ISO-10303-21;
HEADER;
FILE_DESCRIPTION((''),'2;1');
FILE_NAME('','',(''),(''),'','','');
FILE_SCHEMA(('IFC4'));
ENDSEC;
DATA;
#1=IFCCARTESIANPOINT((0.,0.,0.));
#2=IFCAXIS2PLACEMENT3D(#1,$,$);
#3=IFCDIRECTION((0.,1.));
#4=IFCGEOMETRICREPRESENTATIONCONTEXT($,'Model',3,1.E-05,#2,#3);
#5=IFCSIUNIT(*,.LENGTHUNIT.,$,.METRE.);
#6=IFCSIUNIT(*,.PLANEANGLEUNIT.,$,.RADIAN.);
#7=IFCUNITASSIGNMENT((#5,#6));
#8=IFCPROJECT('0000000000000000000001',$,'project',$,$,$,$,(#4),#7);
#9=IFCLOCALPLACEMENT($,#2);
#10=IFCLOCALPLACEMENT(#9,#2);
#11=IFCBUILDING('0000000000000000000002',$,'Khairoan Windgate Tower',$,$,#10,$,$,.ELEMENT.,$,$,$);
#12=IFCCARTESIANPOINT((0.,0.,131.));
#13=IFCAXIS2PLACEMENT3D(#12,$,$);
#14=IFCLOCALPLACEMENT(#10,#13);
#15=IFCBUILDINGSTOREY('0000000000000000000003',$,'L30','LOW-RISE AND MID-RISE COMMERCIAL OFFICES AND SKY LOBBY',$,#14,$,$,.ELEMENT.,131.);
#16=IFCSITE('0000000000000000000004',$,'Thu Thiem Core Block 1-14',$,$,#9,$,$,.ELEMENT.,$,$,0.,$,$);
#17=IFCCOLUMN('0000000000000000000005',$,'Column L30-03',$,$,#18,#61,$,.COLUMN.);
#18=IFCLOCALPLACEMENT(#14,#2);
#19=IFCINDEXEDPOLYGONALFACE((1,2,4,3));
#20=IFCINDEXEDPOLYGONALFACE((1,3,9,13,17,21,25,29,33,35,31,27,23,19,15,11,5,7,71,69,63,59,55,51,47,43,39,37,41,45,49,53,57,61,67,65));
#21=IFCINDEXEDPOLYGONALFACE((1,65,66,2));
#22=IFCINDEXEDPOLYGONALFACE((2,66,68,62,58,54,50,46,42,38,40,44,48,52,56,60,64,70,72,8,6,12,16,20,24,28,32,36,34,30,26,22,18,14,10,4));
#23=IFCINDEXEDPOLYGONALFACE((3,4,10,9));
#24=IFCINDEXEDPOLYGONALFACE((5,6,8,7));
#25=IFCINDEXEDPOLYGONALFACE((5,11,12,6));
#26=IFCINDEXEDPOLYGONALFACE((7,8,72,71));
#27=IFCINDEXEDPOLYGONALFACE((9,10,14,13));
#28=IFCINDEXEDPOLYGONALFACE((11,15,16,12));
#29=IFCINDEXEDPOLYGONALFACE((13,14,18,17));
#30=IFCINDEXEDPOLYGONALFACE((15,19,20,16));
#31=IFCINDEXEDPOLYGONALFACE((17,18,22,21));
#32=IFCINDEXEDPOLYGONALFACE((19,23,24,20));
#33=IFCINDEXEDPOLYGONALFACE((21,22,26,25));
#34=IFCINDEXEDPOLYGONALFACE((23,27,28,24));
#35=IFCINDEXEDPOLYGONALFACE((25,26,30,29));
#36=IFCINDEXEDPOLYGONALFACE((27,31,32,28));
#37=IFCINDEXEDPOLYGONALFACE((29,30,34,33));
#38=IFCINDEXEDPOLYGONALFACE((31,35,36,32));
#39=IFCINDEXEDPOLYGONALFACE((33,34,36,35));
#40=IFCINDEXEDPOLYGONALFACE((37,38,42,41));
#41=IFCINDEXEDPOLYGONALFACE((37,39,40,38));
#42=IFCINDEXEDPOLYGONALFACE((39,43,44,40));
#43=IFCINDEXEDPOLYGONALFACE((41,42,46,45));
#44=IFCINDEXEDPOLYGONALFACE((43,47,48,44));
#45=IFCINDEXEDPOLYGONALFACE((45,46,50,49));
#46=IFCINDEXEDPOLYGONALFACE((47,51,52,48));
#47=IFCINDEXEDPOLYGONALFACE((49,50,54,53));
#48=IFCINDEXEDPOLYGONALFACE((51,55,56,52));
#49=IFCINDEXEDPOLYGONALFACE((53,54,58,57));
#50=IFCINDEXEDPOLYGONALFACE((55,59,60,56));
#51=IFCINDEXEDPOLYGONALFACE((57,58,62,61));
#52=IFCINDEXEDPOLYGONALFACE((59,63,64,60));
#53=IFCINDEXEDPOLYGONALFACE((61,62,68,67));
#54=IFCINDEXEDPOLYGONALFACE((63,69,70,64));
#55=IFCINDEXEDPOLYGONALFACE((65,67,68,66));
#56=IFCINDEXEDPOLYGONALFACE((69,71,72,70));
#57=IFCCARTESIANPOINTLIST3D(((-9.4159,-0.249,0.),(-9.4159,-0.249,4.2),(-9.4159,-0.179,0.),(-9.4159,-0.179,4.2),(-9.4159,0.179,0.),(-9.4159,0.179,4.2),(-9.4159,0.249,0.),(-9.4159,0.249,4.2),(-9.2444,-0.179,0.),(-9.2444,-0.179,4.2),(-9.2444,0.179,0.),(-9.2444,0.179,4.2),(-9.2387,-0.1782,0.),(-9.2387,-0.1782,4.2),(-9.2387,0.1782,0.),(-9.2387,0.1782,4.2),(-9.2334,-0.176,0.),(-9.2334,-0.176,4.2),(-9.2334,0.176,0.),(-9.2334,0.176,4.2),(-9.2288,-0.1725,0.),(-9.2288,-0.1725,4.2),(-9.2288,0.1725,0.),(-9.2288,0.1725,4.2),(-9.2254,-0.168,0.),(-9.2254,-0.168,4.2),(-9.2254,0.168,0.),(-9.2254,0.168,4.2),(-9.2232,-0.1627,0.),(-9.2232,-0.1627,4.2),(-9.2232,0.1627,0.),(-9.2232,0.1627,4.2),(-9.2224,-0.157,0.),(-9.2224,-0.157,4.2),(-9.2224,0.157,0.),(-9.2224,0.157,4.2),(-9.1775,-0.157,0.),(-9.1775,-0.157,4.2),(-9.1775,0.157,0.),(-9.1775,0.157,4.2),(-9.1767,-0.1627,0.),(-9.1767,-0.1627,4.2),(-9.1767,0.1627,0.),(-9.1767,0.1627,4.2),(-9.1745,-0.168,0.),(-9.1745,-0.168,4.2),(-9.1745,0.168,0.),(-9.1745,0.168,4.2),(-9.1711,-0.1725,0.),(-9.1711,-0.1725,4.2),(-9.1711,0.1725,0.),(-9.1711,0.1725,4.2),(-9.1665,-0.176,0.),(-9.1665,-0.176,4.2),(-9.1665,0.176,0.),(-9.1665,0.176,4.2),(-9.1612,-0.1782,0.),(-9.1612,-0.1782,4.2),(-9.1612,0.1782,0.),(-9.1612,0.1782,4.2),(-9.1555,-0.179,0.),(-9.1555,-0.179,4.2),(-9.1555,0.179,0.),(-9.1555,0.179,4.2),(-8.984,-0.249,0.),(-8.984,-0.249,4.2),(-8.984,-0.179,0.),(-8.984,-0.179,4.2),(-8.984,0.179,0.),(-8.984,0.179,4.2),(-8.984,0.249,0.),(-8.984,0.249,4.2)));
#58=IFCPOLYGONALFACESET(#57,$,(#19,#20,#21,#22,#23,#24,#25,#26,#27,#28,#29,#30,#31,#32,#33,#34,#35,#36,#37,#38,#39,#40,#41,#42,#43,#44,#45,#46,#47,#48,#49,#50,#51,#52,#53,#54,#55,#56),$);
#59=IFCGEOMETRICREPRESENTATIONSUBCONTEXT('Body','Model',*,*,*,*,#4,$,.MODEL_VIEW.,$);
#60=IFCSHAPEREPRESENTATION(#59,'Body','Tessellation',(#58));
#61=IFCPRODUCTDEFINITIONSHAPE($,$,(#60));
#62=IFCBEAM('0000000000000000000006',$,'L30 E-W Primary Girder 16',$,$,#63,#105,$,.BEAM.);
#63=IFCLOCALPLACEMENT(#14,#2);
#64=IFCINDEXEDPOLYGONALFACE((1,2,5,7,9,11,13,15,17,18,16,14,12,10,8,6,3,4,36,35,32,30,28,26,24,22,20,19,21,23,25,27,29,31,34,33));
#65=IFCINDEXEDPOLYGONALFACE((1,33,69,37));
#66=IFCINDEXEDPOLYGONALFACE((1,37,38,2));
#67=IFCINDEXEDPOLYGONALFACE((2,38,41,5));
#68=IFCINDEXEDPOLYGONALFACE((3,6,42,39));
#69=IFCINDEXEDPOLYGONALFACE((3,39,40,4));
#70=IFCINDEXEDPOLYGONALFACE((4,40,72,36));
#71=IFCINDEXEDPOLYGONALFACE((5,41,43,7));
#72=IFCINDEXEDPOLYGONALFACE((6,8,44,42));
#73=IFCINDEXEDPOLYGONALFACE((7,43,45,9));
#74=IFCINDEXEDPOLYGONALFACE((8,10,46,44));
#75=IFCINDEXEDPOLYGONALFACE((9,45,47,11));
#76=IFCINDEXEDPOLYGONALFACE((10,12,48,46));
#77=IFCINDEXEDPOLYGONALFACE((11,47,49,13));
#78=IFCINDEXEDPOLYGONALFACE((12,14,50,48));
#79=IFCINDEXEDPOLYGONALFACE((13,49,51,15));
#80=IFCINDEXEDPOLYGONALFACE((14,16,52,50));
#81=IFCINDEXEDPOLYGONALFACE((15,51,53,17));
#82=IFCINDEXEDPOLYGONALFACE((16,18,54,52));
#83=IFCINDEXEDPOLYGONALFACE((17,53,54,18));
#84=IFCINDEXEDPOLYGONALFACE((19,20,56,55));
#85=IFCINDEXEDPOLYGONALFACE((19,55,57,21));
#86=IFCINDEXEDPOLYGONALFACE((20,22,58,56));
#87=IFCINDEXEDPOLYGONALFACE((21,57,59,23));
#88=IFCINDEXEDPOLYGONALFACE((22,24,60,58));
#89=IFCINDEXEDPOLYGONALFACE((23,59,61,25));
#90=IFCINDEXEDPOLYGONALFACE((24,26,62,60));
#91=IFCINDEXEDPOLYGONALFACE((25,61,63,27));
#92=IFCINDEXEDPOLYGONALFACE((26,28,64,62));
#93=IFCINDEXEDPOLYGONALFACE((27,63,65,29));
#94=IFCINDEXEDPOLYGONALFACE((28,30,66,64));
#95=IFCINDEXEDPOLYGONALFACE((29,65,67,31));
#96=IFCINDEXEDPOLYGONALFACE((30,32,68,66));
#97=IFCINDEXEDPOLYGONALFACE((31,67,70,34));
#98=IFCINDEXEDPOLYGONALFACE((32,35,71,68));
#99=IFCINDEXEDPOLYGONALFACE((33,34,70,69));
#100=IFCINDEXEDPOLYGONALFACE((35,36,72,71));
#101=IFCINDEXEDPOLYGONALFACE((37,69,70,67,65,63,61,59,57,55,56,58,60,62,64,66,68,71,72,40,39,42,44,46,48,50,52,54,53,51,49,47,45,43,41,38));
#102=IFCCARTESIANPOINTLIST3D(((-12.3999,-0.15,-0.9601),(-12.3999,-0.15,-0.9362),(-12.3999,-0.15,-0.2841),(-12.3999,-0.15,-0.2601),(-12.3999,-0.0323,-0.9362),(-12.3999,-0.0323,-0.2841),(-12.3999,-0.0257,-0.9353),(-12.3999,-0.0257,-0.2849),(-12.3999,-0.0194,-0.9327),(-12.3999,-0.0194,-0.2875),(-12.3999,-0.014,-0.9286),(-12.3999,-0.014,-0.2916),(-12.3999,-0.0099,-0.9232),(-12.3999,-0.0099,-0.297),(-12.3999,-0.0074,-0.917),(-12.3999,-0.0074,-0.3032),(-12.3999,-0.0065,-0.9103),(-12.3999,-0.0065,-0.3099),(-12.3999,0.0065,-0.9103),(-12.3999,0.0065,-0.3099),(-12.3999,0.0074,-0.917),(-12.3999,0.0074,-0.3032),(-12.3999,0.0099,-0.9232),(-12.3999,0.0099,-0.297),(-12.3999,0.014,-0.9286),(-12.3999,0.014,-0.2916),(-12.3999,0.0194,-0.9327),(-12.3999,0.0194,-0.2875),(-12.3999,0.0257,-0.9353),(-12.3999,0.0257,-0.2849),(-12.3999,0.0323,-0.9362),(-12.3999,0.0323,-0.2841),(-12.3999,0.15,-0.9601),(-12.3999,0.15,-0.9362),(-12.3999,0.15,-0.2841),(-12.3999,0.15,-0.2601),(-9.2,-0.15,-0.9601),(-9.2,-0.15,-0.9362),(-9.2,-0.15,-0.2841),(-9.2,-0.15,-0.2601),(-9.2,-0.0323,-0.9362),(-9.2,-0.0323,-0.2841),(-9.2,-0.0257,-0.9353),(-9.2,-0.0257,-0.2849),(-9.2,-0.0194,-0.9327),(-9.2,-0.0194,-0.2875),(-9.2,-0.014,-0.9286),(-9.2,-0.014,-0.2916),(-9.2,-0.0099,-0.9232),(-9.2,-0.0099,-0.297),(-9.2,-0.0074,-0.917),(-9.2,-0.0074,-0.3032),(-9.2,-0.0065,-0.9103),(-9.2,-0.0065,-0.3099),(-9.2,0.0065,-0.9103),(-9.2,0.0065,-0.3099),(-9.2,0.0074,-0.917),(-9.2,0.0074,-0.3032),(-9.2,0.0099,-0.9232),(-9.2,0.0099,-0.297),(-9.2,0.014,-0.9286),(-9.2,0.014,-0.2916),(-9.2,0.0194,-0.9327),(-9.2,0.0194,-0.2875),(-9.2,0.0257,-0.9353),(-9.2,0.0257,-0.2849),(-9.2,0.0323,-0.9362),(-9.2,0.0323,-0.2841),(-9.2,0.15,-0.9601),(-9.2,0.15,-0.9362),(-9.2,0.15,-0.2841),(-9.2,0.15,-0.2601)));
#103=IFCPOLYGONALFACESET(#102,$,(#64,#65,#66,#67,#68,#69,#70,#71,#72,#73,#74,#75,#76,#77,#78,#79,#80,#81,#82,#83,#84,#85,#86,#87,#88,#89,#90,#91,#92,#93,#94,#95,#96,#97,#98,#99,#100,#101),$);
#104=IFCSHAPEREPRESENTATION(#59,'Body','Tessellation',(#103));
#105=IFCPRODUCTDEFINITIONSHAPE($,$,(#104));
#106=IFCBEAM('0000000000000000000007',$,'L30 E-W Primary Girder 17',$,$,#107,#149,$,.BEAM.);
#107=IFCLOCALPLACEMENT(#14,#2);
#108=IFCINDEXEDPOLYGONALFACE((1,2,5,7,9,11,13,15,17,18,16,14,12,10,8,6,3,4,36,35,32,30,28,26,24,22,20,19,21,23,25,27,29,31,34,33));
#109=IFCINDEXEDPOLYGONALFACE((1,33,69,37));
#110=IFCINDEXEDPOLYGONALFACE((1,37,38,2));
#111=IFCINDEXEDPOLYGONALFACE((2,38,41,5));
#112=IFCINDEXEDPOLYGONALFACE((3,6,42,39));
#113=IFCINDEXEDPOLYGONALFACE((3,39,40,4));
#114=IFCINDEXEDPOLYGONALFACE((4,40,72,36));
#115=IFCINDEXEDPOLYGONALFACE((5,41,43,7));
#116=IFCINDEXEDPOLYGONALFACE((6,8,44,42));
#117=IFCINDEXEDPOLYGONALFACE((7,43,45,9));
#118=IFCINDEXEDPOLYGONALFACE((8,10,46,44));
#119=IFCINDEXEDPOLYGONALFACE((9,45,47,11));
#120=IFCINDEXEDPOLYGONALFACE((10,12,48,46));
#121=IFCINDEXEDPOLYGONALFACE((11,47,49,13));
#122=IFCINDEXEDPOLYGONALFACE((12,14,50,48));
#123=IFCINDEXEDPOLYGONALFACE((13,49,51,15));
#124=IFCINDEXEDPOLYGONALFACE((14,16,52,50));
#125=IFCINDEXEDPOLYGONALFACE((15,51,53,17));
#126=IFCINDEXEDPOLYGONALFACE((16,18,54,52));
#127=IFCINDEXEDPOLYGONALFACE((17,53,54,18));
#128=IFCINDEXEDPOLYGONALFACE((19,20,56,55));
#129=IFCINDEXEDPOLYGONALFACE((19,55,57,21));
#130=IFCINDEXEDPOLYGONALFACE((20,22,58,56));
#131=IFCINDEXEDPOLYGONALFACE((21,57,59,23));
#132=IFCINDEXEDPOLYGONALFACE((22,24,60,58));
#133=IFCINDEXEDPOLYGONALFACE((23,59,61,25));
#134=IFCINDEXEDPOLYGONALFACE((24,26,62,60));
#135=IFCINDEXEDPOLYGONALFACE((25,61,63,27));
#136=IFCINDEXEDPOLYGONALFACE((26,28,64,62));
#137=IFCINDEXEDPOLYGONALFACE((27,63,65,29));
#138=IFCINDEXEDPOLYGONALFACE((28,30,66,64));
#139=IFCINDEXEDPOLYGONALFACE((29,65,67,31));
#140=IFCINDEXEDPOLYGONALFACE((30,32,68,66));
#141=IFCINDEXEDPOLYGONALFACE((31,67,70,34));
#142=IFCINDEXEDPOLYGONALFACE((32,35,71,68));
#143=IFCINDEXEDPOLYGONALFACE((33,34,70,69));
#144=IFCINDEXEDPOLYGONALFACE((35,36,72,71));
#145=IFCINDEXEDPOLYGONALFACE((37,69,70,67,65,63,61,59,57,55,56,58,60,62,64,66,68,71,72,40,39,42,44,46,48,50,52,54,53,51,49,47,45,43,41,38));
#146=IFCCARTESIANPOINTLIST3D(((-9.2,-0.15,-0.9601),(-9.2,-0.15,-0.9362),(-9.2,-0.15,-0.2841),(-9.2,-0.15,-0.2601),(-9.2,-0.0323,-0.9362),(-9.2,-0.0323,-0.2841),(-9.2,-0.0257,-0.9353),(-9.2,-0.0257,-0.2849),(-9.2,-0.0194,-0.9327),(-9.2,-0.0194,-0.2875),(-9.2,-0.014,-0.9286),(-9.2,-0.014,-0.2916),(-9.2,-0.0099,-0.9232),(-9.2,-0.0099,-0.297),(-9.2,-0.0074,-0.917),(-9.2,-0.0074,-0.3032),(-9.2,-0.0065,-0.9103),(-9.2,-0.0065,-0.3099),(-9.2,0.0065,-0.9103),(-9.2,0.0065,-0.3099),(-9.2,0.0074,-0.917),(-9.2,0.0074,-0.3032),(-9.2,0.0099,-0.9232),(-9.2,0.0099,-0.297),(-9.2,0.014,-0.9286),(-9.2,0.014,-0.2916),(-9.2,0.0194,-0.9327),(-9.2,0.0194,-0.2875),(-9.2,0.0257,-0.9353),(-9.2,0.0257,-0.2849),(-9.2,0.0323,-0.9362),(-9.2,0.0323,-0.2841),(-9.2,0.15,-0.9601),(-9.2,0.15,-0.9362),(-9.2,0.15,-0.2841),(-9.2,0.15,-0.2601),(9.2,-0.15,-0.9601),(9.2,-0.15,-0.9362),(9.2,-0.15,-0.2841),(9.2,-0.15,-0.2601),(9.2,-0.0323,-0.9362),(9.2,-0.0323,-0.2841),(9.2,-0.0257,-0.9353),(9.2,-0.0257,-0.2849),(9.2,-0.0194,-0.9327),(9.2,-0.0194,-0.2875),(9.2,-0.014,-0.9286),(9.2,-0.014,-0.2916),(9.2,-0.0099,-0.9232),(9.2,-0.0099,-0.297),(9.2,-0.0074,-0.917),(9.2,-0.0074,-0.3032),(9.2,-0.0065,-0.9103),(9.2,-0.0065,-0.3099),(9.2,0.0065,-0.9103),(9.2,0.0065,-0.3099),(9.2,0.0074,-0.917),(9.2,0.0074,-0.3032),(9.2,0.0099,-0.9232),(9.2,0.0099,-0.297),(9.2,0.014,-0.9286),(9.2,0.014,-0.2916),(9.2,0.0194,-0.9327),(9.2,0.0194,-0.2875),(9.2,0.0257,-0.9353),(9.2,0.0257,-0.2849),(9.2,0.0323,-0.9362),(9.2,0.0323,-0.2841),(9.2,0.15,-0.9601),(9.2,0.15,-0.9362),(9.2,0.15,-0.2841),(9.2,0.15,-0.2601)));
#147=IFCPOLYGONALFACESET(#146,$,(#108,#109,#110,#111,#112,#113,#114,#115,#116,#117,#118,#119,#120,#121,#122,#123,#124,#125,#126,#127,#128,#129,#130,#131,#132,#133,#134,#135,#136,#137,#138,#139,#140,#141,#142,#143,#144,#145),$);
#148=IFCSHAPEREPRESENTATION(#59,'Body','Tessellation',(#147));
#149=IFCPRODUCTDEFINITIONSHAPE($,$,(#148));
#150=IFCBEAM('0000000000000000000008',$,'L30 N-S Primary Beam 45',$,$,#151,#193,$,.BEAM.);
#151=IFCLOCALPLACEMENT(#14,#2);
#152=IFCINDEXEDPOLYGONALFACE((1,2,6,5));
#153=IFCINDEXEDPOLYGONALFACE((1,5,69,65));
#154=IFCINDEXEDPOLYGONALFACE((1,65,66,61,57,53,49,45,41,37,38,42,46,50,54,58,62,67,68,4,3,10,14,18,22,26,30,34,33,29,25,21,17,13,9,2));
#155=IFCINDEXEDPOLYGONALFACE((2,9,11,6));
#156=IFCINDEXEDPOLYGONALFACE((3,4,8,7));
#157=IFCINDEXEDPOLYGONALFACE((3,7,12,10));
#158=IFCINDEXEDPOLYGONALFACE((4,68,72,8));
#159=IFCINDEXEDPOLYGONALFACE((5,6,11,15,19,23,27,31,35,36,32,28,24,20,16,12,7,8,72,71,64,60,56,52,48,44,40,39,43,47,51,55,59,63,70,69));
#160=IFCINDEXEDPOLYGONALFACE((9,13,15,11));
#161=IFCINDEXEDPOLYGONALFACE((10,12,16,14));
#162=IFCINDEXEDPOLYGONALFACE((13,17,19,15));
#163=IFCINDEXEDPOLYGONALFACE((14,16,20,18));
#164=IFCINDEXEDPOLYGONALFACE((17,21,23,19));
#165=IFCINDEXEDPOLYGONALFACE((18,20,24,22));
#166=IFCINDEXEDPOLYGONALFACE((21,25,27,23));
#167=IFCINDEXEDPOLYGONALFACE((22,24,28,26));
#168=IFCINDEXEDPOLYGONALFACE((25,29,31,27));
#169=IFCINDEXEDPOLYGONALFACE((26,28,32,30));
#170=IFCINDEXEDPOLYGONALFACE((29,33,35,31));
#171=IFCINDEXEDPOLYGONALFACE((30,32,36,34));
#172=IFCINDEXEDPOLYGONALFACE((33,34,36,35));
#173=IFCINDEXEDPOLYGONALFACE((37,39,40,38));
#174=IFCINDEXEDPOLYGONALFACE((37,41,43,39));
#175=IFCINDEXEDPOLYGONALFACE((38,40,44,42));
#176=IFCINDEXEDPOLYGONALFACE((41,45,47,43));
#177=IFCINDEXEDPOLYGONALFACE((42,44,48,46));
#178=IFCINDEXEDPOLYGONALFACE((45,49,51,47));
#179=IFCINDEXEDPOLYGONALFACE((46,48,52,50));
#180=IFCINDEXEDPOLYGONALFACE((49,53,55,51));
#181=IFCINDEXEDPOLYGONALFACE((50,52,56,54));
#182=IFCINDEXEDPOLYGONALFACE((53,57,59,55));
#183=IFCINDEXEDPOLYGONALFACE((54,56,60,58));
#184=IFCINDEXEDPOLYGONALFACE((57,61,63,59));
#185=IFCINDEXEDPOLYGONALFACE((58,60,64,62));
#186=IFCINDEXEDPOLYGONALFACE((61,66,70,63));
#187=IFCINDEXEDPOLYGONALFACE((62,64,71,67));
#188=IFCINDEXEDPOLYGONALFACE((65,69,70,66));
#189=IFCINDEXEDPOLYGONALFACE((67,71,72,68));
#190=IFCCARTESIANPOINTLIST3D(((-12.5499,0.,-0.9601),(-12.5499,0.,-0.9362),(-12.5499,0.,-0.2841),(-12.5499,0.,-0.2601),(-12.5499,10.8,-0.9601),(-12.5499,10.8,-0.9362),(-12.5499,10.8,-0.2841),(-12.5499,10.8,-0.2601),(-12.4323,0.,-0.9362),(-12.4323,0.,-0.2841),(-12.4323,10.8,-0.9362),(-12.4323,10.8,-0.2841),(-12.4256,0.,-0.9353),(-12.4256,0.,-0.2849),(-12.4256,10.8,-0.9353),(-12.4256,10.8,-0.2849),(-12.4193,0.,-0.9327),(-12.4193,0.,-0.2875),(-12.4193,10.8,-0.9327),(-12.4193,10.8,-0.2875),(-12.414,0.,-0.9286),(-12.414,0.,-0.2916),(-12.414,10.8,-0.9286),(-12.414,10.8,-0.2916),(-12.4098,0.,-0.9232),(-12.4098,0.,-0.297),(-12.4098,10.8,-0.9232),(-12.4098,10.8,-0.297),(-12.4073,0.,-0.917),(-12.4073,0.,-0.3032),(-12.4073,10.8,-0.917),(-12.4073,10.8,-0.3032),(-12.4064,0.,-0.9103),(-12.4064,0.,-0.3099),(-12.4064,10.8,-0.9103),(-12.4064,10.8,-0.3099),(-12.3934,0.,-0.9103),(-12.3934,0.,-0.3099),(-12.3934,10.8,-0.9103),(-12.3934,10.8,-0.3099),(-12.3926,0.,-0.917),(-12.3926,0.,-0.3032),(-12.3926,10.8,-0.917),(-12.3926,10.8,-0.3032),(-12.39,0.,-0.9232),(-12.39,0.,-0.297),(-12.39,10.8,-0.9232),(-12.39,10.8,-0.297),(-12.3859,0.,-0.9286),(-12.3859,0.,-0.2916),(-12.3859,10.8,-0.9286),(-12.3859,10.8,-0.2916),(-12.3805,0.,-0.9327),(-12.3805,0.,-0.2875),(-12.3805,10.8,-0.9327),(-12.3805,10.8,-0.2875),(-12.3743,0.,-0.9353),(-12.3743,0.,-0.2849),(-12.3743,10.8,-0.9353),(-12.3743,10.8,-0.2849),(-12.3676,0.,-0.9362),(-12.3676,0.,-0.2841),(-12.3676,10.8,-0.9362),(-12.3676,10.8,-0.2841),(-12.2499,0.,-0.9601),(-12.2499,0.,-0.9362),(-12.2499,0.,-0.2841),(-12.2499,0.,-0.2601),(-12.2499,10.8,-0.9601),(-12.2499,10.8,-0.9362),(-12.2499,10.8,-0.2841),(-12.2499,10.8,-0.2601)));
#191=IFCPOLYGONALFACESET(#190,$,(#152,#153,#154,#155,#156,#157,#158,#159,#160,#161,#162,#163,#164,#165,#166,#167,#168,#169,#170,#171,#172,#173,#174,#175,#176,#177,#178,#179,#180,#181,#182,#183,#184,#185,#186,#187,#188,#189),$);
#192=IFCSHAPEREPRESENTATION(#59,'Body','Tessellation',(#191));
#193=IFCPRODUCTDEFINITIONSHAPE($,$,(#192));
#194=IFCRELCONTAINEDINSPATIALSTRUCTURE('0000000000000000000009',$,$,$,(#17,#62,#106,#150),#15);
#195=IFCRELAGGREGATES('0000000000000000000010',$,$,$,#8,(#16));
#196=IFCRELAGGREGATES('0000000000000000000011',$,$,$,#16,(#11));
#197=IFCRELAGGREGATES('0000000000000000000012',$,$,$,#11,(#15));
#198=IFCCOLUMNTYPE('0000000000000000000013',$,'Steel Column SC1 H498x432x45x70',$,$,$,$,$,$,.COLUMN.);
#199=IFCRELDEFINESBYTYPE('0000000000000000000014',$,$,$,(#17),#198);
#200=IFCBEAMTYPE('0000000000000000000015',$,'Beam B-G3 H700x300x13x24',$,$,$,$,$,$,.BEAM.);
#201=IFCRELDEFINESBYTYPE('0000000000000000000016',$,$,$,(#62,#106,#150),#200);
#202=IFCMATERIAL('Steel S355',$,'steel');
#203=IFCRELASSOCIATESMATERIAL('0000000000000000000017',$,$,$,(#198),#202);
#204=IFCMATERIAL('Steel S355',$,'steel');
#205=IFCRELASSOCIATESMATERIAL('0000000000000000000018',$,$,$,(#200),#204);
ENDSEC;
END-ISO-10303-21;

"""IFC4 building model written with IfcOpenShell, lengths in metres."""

from ifc_helpers import new_model, si_unit, direction, frame, origin, origin_2d, place, context, subcontext, project, spatial, i_section, extrude, material, material_profile, profile_set, type_object, element, save


model = new_model("IFC4")

# Units and contexts
model_context = context("Model", 3, precision=1e-05, world=origin(), true_north=direction((0.0, 1.0)))
body_context = subcontext(model_context, "Body", "Model", "MODEL_VIEW")
ifc_project = project(units=[si_unit("LENGTHUNIT", "METRE"), si_unit("PLANEANGLEUNIT", "RADIAN")], contexts=[model_context])

# Site, building, storey
site_placement = place(None, origin())
site = spatial("IfcSite", under=ifc_project, at=site_placement, Name="Thu Thiem Core Block 1-14", CompositionType="ELEMENT", RefElevation=0.0)
building_placement = place(site_placement, origin())
building = spatial("IfcBuilding", under=site, at=building_placement, Name="Khairoan Windgate Tower", CompositionType="ELEMENT")
storey_placement = place(building_placement, frame((0.0, 0.0, 131.0)))
storey = spatial("IfcBuildingStorey", under=building, at=storey_placement, Name="L30", Description="LOW-RISE AND MID-RISE COMMERCIAL OFFICES AND SKY LOBBY", CompositionType="ELEMENT", Elevation=131.0)

# Column
ifc_material_1 = material(Name="Steel S355", Category="steel")
ifc_material_profile_1 = material_profile(ifc_material_1, i_section(OverallWidth=0.4319, OverallDepth=0.498, WebThickness=0.0449, FlangeThickness=0.0701, FilletRadius=0.022, at=origin_2d()))
ifc_profile_set_1 = profile_set([ifc_material_profile_1], Name="Steel S355")
column_type = type_object("IfcColumnType", Name="Steel Column SC1 H498x432x45x70", PredefinedType="COLUMN", material=ifc_profile_set_1)
column_placement = place(storey_placement, frame((-9.2, 0.0, 0.0), z_axis=(0.0, 0.0, 1.0), x_axis=(1.0, 0.0, 0.0)))
element("IfcColumn", 1, at=column_placement, inside=storey, type_object=column_type, Name="Column L30-03", PredefinedType="COLUMN", context=body_context, shape_type="SweptSolid", body=[
    extrude(i_section(OverallWidth=0.4319, OverallDepth=0.498, WebThickness=0.0449, FlangeThickness=0.0701, FilletRadius=0.022, at=origin_2d()), origin(), (0.0, 0.0, 1.0), 4.2),
])

# Beams
ifc_material_2 = material(Name="Steel S355", Category="steel")
ifc_material_profile_2 = material_profile(ifc_material_2, i_section(OverallWidth=0.3, OverallDepth=0.7, WebThickness=0.0129, FlangeThickness=0.0239, FilletRadius=0.0259, at=origin_2d()))
ifc_profile_set_2 = profile_set([ifc_material_profile_2], Name="Steel S355")
beam_type = type_object("IfcBeamType", Name="Beam B-G3 H700x300x13x24", PredefinedType="BEAM", material=ifc_profile_set_2)
beam_1_placement = place(storey_placement, frame((-12.3999, 0.0, -0.6101), z_axis=(1.0, 0.0, 0.0), x_axis=(0.0, 1.0, 0.0)))
element("IfcBeam", 2, at=beam_1_placement, inside=storey, type_object=beam_type, Name="L30 E-W Primary Girder 16", PredefinedType="BEAM", context=body_context, shape_type="SweptSolid", body=[
    extrude(i_section(OverallWidth=0.3, OverallDepth=0.7, WebThickness=0.0129, FlangeThickness=0.0239, FilletRadius=0.0259, at=origin_2d()), origin(), (0.0, 0.0, 1.0), 3.2),
])
beam_2_placement = place(storey_placement, frame((-9.2, 0.0, -0.6101), z_axis=(1.0, 0.0, 0.0), x_axis=(0.0, 1.0, 0.0)))
element("IfcBeam", 3, at=beam_2_placement, inside=storey, type_object=beam_type, Name="L30 E-W Primary Girder 17", PredefinedType="BEAM", context=body_context, shape_type="SweptSolid", body=[
    extrude(i_section(OverallWidth=0.3, OverallDepth=0.7, WebThickness=0.0129, FlangeThickness=0.0239, FilletRadius=0.0259, at=origin_2d()), origin(), (0.0, 0.0, 1.0), 18.3999),
])
for number, where, z_axis, x_axis, name in (
    (4, (-12.3999, 0.0, -0.6101), (0.0, 1.0, 0.0), (-1.0, 0.0, 0.0), "L30 N-S Primary Beam 45"),
):
    element("IfcBeam", number, at=place(storey_placement, frame(where, z_axis=z_axis, x_axis=x_axis)), inside=storey, type_object=beam_type, Name=name, PredefinedType="BEAM", context=body_context, shape_type="SweptSolid", body=[
        extrude(i_section(OverallWidth=0.3, OverallDepth=0.7, WebThickness=0.0129, FlangeThickness=0.0239, FilletRadius=0.0259, at=origin_2d()), origin(), (0.0, 0.0, 1.0), 10.8),
    ])

save(model, "model.ifc")
